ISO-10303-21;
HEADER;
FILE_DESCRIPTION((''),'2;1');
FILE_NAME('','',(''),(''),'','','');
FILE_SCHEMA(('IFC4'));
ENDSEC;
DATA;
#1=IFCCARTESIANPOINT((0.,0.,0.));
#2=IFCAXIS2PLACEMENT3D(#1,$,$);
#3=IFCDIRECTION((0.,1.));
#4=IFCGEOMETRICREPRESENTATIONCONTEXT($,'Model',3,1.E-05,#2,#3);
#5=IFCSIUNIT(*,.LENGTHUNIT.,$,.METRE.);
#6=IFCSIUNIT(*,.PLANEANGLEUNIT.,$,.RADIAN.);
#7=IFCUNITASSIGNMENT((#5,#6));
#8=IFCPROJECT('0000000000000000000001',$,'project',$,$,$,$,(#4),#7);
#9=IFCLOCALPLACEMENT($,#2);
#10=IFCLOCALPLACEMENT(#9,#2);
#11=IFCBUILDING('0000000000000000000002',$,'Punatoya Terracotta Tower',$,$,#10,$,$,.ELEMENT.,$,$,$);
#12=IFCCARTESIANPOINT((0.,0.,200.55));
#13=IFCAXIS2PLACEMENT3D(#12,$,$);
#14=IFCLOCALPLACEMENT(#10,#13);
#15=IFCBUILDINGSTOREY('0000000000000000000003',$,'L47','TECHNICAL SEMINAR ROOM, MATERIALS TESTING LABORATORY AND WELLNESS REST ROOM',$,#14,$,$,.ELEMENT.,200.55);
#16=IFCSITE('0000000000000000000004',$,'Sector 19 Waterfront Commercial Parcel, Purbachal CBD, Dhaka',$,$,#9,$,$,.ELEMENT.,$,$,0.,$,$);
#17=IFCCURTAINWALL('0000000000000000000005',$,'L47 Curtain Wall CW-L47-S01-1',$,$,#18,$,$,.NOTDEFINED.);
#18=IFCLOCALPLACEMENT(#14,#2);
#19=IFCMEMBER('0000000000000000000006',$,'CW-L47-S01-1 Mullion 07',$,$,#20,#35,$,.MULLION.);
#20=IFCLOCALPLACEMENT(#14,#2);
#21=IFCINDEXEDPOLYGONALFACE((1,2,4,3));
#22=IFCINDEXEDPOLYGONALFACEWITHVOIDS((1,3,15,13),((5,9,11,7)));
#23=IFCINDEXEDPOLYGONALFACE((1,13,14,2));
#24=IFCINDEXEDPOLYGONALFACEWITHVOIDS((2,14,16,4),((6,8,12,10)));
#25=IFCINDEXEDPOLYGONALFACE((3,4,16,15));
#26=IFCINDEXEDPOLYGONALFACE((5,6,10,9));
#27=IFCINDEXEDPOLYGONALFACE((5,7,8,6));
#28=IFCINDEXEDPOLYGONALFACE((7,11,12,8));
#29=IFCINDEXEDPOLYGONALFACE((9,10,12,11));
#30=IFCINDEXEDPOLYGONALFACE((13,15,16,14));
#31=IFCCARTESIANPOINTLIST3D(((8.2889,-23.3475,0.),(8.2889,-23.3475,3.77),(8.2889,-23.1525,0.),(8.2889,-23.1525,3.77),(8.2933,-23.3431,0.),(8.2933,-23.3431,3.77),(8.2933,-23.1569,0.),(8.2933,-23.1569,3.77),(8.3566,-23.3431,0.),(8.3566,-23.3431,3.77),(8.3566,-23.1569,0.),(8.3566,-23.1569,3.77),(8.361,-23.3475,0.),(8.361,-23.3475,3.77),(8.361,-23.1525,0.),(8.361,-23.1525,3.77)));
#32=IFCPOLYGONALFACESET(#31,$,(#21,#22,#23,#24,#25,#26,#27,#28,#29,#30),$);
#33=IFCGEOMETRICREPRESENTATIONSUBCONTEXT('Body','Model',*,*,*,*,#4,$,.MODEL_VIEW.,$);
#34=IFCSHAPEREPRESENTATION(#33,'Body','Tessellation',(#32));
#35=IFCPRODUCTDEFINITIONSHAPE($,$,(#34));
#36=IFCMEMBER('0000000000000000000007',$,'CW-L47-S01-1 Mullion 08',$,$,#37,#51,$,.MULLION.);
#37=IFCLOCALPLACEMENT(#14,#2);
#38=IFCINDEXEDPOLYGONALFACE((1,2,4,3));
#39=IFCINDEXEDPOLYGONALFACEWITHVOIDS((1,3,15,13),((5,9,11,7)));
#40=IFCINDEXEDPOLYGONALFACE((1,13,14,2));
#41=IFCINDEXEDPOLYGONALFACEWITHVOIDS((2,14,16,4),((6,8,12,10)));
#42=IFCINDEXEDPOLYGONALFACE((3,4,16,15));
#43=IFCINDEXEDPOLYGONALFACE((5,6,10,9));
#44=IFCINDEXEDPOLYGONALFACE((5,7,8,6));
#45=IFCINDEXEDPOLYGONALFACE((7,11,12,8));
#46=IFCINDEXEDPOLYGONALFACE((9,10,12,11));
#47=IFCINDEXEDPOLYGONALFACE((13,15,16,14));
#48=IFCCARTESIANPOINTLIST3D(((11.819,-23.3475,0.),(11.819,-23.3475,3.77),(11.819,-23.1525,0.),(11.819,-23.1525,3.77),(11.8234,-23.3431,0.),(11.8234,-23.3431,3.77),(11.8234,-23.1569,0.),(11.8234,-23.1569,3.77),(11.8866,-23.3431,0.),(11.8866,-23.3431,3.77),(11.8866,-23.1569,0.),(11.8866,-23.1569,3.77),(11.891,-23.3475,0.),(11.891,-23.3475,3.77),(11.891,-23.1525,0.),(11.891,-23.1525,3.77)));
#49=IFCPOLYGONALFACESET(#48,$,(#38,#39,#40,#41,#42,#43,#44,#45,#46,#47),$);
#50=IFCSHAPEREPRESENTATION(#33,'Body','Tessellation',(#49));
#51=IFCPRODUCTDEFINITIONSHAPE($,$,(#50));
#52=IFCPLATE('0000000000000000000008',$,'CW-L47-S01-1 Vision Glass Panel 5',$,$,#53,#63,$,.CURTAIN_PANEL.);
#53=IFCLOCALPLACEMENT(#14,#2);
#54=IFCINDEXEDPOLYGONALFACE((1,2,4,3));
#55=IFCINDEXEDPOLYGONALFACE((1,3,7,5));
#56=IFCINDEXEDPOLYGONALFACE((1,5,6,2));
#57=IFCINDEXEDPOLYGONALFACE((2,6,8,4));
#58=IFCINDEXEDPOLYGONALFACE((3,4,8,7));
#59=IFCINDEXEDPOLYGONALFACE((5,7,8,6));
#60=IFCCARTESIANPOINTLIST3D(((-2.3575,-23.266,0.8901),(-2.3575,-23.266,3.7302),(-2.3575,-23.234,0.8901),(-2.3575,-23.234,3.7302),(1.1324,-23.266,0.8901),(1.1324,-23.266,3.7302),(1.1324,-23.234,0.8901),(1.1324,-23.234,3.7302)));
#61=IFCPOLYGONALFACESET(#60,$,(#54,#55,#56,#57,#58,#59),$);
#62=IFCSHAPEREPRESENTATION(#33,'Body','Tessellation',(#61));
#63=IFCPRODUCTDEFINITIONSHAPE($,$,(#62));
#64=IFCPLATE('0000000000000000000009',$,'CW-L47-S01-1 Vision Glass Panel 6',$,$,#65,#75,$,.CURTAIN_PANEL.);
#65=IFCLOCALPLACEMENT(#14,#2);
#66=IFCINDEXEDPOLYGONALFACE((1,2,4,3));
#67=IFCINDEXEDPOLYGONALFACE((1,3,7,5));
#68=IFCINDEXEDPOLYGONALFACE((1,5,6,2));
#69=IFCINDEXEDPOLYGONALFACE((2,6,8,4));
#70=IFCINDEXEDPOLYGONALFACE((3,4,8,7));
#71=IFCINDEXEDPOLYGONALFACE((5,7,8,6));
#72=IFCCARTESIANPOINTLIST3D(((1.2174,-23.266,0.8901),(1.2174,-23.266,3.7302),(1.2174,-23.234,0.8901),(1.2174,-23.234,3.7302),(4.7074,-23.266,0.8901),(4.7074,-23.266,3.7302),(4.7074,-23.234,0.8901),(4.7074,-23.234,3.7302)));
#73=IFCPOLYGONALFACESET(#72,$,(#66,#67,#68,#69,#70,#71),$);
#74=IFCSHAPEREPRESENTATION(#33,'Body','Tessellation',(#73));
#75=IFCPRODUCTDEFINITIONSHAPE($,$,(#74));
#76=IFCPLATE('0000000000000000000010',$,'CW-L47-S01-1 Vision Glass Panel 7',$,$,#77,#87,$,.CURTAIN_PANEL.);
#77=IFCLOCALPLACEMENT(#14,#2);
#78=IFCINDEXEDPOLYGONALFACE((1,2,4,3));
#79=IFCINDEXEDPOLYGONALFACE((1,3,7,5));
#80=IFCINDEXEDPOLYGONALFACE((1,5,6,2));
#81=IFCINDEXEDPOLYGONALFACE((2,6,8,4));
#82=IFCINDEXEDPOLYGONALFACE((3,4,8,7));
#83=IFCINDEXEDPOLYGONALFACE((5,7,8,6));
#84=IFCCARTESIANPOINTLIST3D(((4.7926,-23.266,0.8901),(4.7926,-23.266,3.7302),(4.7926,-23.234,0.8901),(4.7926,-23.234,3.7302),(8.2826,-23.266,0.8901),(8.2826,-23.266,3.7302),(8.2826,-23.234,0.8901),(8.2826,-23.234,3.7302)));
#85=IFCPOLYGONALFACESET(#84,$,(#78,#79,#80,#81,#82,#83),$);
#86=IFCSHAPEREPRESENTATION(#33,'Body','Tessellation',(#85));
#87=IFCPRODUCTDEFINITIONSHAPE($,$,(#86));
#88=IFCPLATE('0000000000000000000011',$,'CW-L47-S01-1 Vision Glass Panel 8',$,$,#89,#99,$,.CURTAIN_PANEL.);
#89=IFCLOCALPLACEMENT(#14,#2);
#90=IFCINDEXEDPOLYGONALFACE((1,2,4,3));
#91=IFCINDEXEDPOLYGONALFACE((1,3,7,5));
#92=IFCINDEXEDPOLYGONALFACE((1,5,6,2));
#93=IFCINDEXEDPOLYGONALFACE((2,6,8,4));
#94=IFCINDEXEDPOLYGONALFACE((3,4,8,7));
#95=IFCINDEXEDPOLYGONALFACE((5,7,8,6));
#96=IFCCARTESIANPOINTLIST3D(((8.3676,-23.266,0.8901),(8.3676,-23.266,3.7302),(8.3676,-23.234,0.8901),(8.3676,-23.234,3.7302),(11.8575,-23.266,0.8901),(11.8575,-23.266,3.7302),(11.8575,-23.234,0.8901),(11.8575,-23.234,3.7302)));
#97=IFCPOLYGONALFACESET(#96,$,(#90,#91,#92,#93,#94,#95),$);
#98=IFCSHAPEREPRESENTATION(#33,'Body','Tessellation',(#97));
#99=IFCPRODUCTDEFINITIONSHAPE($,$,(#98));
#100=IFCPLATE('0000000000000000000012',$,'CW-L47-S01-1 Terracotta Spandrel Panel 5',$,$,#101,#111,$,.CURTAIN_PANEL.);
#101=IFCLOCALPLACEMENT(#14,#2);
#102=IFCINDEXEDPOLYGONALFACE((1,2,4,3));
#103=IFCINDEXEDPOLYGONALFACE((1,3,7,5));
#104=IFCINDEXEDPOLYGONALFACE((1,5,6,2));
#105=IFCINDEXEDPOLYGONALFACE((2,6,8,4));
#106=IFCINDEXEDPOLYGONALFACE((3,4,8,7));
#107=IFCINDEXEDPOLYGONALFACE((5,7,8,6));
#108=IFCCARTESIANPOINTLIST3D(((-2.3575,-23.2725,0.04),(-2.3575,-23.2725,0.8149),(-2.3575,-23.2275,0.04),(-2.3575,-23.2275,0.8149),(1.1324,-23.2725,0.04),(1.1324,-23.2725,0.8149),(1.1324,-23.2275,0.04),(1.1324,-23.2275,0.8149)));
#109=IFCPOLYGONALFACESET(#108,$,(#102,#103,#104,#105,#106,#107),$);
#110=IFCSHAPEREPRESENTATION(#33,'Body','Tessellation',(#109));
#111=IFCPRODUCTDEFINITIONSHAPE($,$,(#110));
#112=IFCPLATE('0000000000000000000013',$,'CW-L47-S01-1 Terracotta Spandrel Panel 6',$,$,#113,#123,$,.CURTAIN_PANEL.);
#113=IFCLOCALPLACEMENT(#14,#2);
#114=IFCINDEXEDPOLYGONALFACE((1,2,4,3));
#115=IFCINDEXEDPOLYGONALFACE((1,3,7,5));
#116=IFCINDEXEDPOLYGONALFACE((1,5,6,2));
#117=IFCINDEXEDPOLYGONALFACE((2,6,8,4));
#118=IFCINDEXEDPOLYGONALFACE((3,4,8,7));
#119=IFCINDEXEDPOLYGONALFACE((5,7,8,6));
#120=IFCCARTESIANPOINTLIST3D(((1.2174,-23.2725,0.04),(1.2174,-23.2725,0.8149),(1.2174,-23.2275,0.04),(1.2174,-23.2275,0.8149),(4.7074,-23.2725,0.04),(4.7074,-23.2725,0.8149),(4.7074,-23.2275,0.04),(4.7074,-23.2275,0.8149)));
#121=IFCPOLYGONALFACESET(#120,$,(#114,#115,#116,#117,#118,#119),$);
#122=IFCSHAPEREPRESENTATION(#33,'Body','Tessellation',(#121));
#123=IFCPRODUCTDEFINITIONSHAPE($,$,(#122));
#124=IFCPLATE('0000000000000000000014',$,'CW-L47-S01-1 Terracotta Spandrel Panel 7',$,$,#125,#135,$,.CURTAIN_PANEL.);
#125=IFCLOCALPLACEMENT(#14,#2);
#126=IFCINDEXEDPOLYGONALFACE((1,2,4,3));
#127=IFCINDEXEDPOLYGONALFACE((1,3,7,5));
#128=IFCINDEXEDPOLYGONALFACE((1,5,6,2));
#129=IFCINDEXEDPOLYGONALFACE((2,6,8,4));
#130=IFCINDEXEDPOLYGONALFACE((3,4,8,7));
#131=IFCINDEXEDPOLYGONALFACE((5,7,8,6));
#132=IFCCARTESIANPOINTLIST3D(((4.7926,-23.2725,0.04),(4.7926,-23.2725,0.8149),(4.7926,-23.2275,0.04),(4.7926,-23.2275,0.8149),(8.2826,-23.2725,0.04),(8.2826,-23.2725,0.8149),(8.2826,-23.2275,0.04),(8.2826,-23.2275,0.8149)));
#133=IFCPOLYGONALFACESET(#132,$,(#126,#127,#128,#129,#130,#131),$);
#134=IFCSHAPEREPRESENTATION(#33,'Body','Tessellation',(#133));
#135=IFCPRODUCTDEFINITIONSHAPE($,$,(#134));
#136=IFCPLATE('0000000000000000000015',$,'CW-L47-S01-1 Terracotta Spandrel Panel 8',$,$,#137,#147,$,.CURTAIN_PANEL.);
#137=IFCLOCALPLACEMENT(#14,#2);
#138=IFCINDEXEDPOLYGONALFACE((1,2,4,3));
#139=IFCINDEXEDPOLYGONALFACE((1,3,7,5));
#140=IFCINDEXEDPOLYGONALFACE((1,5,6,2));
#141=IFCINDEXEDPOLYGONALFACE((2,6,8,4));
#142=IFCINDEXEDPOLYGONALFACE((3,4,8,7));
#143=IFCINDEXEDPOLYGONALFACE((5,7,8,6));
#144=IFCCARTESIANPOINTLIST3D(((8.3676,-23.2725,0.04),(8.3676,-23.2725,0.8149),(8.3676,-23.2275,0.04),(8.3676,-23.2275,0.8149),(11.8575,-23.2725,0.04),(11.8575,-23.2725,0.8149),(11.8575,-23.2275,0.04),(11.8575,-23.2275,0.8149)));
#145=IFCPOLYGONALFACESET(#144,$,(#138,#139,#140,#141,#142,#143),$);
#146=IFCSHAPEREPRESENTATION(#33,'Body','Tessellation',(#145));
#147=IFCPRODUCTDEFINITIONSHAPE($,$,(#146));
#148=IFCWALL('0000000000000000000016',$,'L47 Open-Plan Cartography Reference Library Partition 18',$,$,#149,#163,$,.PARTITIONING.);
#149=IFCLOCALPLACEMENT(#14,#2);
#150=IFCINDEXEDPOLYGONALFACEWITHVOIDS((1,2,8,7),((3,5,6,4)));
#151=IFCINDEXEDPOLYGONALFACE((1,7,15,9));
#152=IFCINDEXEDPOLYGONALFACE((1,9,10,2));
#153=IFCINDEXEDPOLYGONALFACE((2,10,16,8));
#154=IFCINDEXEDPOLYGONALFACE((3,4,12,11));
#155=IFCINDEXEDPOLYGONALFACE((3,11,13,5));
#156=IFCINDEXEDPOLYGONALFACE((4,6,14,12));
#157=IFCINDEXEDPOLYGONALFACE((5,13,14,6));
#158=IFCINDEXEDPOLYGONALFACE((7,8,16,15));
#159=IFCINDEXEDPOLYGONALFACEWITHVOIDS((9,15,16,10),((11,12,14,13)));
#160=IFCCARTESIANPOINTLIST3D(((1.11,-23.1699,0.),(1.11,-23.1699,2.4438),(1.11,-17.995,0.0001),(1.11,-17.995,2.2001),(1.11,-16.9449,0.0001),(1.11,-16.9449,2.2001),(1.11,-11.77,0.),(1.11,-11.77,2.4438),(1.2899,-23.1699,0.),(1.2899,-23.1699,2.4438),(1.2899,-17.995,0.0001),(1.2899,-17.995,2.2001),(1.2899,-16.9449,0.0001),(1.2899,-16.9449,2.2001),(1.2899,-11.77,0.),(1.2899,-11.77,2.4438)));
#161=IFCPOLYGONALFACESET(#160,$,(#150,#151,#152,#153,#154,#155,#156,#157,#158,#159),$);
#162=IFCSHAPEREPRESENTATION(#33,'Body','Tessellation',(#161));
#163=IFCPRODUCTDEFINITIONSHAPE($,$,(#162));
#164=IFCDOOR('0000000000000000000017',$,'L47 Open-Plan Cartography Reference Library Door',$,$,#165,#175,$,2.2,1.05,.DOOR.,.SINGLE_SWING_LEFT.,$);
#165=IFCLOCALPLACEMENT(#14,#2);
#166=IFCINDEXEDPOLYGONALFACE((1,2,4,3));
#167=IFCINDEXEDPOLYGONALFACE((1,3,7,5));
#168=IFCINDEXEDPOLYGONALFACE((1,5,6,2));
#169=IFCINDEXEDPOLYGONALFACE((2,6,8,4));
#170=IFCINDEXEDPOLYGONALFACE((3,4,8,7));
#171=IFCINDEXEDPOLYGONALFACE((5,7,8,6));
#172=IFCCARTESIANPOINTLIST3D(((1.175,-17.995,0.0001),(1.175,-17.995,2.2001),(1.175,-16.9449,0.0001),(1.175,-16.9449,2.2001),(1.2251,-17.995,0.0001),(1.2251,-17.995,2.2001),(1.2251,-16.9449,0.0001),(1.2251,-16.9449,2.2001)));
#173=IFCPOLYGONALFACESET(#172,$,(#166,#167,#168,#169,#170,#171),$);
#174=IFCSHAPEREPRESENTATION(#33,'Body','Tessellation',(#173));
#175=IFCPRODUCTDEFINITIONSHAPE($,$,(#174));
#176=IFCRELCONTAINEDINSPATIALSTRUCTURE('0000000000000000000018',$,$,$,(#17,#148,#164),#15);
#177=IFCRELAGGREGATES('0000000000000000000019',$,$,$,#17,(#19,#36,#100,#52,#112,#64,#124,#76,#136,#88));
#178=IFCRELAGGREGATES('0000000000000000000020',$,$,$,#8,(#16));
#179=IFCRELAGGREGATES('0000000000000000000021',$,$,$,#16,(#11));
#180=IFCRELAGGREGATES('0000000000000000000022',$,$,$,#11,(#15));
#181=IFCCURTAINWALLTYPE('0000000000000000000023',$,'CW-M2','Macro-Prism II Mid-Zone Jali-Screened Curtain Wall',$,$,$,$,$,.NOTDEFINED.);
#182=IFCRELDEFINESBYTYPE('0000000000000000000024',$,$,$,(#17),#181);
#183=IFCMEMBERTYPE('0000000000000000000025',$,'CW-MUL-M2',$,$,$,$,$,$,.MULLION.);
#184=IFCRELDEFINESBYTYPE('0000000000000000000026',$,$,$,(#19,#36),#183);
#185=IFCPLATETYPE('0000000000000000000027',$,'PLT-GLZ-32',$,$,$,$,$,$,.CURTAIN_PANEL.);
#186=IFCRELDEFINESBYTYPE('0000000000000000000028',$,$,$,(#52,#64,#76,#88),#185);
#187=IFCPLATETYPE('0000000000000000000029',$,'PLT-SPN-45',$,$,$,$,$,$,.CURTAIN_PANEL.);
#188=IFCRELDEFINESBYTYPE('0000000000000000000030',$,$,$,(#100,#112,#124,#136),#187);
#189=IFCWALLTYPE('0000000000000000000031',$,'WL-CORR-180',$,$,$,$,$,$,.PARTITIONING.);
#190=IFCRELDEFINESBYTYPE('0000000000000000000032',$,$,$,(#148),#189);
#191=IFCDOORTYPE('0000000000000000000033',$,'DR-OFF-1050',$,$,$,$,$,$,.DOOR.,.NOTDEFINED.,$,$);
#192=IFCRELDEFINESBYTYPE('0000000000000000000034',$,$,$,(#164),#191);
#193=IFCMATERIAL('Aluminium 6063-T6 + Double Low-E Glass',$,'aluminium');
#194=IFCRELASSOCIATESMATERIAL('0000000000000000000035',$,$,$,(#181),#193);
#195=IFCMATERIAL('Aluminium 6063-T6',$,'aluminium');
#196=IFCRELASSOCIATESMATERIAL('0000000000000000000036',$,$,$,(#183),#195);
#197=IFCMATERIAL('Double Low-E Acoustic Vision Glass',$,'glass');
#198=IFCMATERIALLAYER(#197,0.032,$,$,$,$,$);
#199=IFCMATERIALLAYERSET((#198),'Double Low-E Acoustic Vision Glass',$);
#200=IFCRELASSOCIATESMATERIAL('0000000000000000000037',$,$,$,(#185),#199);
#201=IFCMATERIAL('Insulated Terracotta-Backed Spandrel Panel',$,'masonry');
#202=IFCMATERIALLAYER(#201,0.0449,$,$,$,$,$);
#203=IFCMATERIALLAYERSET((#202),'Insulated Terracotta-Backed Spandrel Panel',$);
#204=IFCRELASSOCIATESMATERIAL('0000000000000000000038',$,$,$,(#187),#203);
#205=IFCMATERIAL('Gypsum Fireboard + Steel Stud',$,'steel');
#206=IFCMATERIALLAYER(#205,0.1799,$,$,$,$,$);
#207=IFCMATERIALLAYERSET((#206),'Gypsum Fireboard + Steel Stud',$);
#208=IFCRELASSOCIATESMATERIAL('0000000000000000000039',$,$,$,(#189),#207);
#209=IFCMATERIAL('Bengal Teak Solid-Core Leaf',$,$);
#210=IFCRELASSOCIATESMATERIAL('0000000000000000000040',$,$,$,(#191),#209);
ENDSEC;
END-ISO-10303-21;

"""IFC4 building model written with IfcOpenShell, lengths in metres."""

from ifc_helpers import new_model, si_unit, direction, frame, frame_2d, origin, origin_2d, place, context, subcontext, project, spatial, rectangle, hollow_rectangle, extrude, material, layer, layer_set, material_profile, profile_set, type_object, element, fill, aggregate, save


model = new_model("IFC4")

# Units and contexts
model_context = context("Model", 3, precision=1e-05, world=origin(), true_north=direction((0.0, 1.0)))
body_context = subcontext(model_context, "Body", "Model", "MODEL_VIEW")
ifc_project = project(units=[si_unit("LENGTHUNIT", "METRE"), si_unit("PLANEANGLEUNIT", "RADIAN")], contexts=[model_context])

# Site, building, storey
site_placement = place(None, origin())
site = spatial("IfcSite", under=ifc_project, at=site_placement, Name="Sector 19 Waterfront Commercial Parcel, Purbachal CBD, Dhaka", CompositionType="ELEMENT", RefElevation=0.0)
building_placement = place(site_placement, origin())
building = spatial("IfcBuilding", under=site, at=building_placement, Name="Punatoya Terracotta Tower", CompositionType="ELEMENT")
storey_placement = place(building_placement, frame((0.0, 0.0, 200.55)))
storey = spatial("IfcBuildingStorey", under=building, at=storey_placement, Name="L47", Description="TECHNICAL SEMINAR ROOM, MATERIALS TESTING LABORATORY AND WELLNESS REST ROOM", CompositionType="ELEMENT", Elevation=200.55)

# Curtain wall, members, plates
ifc_material_1 = material(Name="Aluminium 6063-T6 + Double Low-E Glass", Category="aluminium")
curtain_wall_type = type_object("IfcCurtainWallType", Name="CW-M2", Description="Macro-Prism II Mid-Zone Jali-Screened Curtain Wall", PredefinedType="NOTDEFINED", material=ifc_material_1)
curtain_wall_placement = place(storey_placement, origin())
curtain_wall = element("IfcCurtainWall", 1, at=curtain_wall_placement, inside=storey, type_object=curtain_wall_type, Name="L47 Curtain Wall CW-L47-S01-1", PredefinedType="NOTDEFINED")
ifc_material_2 = material(Name="Aluminium 6063-T6", Category="aluminium")
ifc_material_profile_1 = material_profile(ifc_material_2, hollow_rectangle(XDim=0.072, YDim=0.1951, WallThickness=0.0044, at=origin_2d()))
ifc_profile_set_1 = profile_set([ifc_material_profile_1], Name="Aluminium 6063-T6")
member_type = type_object("IfcMemberType", Name="CW-MUL-M2", PredefinedType="MULLION", material=ifc_profile_set_1)
member_1_placement = place(storey_placement, frame((8.325, -23.25, 0.0), z_axis=(0.0, 0.0, 1.0), x_axis=(1.0, 0.0, 0.0)))
member_1 = element("IfcMember", 2, at=member_1_placement, type_object=member_type, Name="CW-L47-S01-1 Mullion 07", PredefinedType="MULLION", context=body_context, shape_type="SweptSolid", body=[
    extrude(hollow_rectangle(XDim=0.072, YDim=0.1951, WallThickness=0.0044, at=origin_2d()), origin(), (0.0, 0.0, 1.0), 3.77),
])
member_2_placement = place(storey_placement, frame((11.855, -23.25, 0.0), z_axis=(0.0, 0.0, 1.0), x_axis=(1.0, 0.0, 0.0)))
member_2 = element("IfcMember", 3, at=member_2_placement, type_object=member_type, Name="CW-L47-S01-1 Mullion 08", PredefinedType="MULLION", context=body_context, shape_type="SweptSolid", body=[
    extrude(hollow_rectangle(XDim=0.072, YDim=0.1951, WallThickness=0.0044, at=origin_2d()), origin(), (0.0, 0.0, 1.0), 3.77),
])
ifc_material_3 = material(Name="Double Low-E Acoustic Vision Glass", Category="glass")
ifc_layer_1 = layer(ifc_material_3, 0.032)
ifc_layer_set_1 = layer_set([ifc_layer_1], Name="Double Low-E Acoustic Vision Glass")
plate_type_1 = type_object("IfcPlateType", Name="PLT-GLZ-32", PredefinedType="CURTAIN_PANEL", material=ifc_layer_set_1)
plate_1_placement = place(storey_placement, frame((-0.6125, -23.25, 0.8901), z_axis=(0.0, 0.0, 1.0), x_axis=(1.0, 0.0, 0.0)))
plate_1 = element("IfcPlate", 4, at=plate_1_placement, type_object=plate_type_1, Name="CW-L47-S01-1 Vision Glass Panel 5", PredefinedType="CURTAIN_PANEL", context=body_context, shape_type="SweptSolid", body=[
    extrude(rectangle(XDim=3.49, YDim=0.032, at=origin_2d()), origin(), (0.0, 0.0, 1.0), 2.8401),
])
plate_2_placement = place(storey_placement, frame((2.9624, -23.25, 0.8901), z_axis=(0.0, 0.0, 1.0), x_axis=(1.0, 0.0, 0.0)))
plate_2 = element("IfcPlate", 5, at=plate_2_placement, type_object=plate_type_1, Name="CW-L47-S01-1 Vision Glass Panel 6", PredefinedType="CURTAIN_PANEL", context=body_context, shape_type="SweptSolid", body=[
    extrude(rectangle(XDim=3.49, YDim=0.032, at=origin_2d()), origin(), (0.0, 0.0, 1.0), 2.8401),
])
plate_3_placement = place(storey_placement, frame((6.5376, -23.25, 0.8901), z_axis=(0.0, 0.0, 1.0), x_axis=(1.0, 0.0, 0.0)))
plate_3 = element("IfcPlate", 6, at=plate_3_placement, type_object=plate_type_1, Name="CW-L47-S01-1 Vision Glass Panel 7", PredefinedType="CURTAIN_PANEL", context=body_context, shape_type="SweptSolid", body=[
    extrude(rectangle(XDim=3.49, YDim=0.032, at=origin_2d()), origin(), (0.0, 0.0, 1.0), 2.8401),
])
plate_4_placement = place(storey_placement, frame((10.1125, -23.25, 0.8901), z_axis=(0.0, 0.0, 1.0), x_axis=(1.0, 0.0, 0.0)))
plate_4 = element("IfcPlate", 7, at=plate_4_placement, type_object=plate_type_1, Name="CW-L47-S01-1 Vision Glass Panel 8", PredefinedType="CURTAIN_PANEL", context=body_context, shape_type="SweptSolid", body=[
    extrude(rectangle(XDim=3.49, YDim=0.032, at=origin_2d()), origin(), (0.0, 0.0, 1.0), 2.8401),
])
ifc_material_4 = material(Name="Insulated Terracotta-Backed Spandrel Panel", Category="masonry")
ifc_layer_2 = layer(ifc_material_4, 0.0449)
ifc_layer_set_2 = layer_set([ifc_layer_2], Name="Insulated Terracotta-Backed Spandrel Panel")
plate_type_2 = type_object("IfcPlateType", Name="PLT-SPN-45", PredefinedType="CURTAIN_PANEL", material=ifc_layer_set_2)
plate_5_placement = place(storey_placement, frame((-0.6125, -23.25, 0.04), z_axis=(0.0, 0.0, 1.0), x_axis=(1.0, 0.0, 0.0)))
plate_5 = element("IfcPlate", 8, at=plate_5_placement, type_object=plate_type_2, Name="CW-L47-S01-1 Terracotta Spandrel Panel 5", PredefinedType="CURTAIN_PANEL", context=body_context, shape_type="SweptSolid", body=[
    extrude(rectangle(XDim=3.49, YDim=0.0449, at=origin_2d()), origin(), (0.0, 0.0, 1.0), 0.7749),
])
plate_6_placement = place(storey_placement, frame((2.9624, -23.25, 0.04), z_axis=(0.0, 0.0, 1.0), x_axis=(1.0, 0.0, 0.0)))
plate_6 = element("IfcPlate", 9, at=plate_6_placement, type_object=plate_type_2, Name="CW-L47-S01-1 Terracotta Spandrel Panel 6", PredefinedType="CURTAIN_PANEL", context=body_context, shape_type="SweptSolid", body=[
    extrude(rectangle(XDim=3.49, YDim=0.0449, at=origin_2d()), origin(), (0.0, 0.0, 1.0), 0.7749),
])
plate_7_placement = place(storey_placement, frame((6.5376, -23.25, 0.04), z_axis=(0.0, 0.0, 1.0), x_axis=(1.0, 0.0, 0.0)))
plate_7 = element("IfcPlate", 10, at=plate_7_placement, type_object=plate_type_2, Name="CW-L47-S01-1 Terracotta Spandrel Panel 7", PredefinedType="CURTAIN_PANEL", context=body_context, shape_type="SweptSolid", body=[
    extrude(rectangle(XDim=3.49, YDim=0.0449, at=origin_2d()), origin(), (0.0, 0.0, 1.0), 0.7749),
])
plate_8_placement = place(storey_placement, frame((10.1125, -23.25, 0.04), z_axis=(0.0, 0.0, 1.0), x_axis=(1.0, 0.0, 0.0)))
plate_8 = element("IfcPlate", 11, at=plate_8_placement, type_object=plate_type_2, Name="CW-L47-S01-1 Terracotta Spandrel Panel 8", PredefinedType="CURTAIN_PANEL", context=body_context, shape_type="SweptSolid", body=[
    extrude(rectangle(XDim=3.49, YDim=0.0449, at=origin_2d()), origin(), (0.0, 0.0, 1.0), 0.7749),
])
aggregate(curtain_wall, [member_1, member_2, plate_5, plate_1, plate_6, plate_2, plate_7, plate_3, plate_8, plate_4])

# Wall, opening, door
ifc_material_5 = material(Name="Gypsum Fireboard + Steel Stud", Category="steel")
ifc_layer_3 = layer(ifc_material_5, 0.1799)
ifc_layer_set_3 = layer_set([ifc_layer_3], Name="Gypsum Fireboard + Steel Stud")
wall_type = type_object("IfcWallType", Name="WL-CORR-180", PredefinedType="PARTITIONING", material=ifc_layer_set_3)
wall_placement = place(storey_placement, frame((1.2, -23.1699, 0.0), z_axis=(0.0, 0.0, 1.0), x_axis=(0.0, 1.0, 0.0)))
wall = element("IfcWall", 12, at=wall_placement, inside=storey, type_object=wall_type, Name="L47 Open-Plan Cartography Reference Library Partition 18", PredefinedType="PARTITIONING", context=body_context, shape_type="SweptSolid", body=[
    extrude(rectangle(XDim=11.3999, YDim=0.1799, at=frame_2d((5.7, 0.0))), origin(), (0.0, 0.0, 1.0), 2.4438),
])
opening_placement = place(wall_placement, frame((5.175, 0.0, 0.0)))
opening = element("IfcOpeningElement", 13, at=opening_placement, cuts=wall, PredefinedType="OPENING", context=body_context, shape_type="SweptSolid", body=[
    extrude(rectangle(XDim=1.05, YDim=2.2, at=frame_2d((0.5249, 1.1001))), frame((0.0, 0.0999, 0.0), z_axis=(0.0, -1.0, 0.0), x_axis=(1.0, 0.0, 0.0)), (0.0, 0.0, 1.0), 0.2),
])
ifc_material_6 = material(Name="Bengal Teak Solid-Core Leaf")
door_type = type_object("IfcDoorType", Name="DR-OFF-1050", OperationType="NOTDEFINED", PredefinedType="DOOR", material=ifc_material_6)
door_placement = place(opening_placement, origin())
door = element("IfcDoor", 14, at=door_placement, inside=storey, type_object=door_type, Name="L47 Open-Plan Cartography Reference Library Door", OperationType="SINGLE_SWING_LEFT", OverallHeight=2.2, OverallWidth=1.05, PredefinedType="DOOR", context=body_context, shape_type="SweptSolid", body=[
    extrude(rectangle(XDim=1.05, YDim=2.2, at=frame_2d((0.5249, 1.1001))), frame((0.0, 0.0249, 0.0), z_axis=(0.0, -1.0, 0.0), x_axis=(1.0, 0.0, 0.0)), (0.0, 0.0, 1.0), 0.05),
])
fill(opening, door)

save(model, "model.ifc")
